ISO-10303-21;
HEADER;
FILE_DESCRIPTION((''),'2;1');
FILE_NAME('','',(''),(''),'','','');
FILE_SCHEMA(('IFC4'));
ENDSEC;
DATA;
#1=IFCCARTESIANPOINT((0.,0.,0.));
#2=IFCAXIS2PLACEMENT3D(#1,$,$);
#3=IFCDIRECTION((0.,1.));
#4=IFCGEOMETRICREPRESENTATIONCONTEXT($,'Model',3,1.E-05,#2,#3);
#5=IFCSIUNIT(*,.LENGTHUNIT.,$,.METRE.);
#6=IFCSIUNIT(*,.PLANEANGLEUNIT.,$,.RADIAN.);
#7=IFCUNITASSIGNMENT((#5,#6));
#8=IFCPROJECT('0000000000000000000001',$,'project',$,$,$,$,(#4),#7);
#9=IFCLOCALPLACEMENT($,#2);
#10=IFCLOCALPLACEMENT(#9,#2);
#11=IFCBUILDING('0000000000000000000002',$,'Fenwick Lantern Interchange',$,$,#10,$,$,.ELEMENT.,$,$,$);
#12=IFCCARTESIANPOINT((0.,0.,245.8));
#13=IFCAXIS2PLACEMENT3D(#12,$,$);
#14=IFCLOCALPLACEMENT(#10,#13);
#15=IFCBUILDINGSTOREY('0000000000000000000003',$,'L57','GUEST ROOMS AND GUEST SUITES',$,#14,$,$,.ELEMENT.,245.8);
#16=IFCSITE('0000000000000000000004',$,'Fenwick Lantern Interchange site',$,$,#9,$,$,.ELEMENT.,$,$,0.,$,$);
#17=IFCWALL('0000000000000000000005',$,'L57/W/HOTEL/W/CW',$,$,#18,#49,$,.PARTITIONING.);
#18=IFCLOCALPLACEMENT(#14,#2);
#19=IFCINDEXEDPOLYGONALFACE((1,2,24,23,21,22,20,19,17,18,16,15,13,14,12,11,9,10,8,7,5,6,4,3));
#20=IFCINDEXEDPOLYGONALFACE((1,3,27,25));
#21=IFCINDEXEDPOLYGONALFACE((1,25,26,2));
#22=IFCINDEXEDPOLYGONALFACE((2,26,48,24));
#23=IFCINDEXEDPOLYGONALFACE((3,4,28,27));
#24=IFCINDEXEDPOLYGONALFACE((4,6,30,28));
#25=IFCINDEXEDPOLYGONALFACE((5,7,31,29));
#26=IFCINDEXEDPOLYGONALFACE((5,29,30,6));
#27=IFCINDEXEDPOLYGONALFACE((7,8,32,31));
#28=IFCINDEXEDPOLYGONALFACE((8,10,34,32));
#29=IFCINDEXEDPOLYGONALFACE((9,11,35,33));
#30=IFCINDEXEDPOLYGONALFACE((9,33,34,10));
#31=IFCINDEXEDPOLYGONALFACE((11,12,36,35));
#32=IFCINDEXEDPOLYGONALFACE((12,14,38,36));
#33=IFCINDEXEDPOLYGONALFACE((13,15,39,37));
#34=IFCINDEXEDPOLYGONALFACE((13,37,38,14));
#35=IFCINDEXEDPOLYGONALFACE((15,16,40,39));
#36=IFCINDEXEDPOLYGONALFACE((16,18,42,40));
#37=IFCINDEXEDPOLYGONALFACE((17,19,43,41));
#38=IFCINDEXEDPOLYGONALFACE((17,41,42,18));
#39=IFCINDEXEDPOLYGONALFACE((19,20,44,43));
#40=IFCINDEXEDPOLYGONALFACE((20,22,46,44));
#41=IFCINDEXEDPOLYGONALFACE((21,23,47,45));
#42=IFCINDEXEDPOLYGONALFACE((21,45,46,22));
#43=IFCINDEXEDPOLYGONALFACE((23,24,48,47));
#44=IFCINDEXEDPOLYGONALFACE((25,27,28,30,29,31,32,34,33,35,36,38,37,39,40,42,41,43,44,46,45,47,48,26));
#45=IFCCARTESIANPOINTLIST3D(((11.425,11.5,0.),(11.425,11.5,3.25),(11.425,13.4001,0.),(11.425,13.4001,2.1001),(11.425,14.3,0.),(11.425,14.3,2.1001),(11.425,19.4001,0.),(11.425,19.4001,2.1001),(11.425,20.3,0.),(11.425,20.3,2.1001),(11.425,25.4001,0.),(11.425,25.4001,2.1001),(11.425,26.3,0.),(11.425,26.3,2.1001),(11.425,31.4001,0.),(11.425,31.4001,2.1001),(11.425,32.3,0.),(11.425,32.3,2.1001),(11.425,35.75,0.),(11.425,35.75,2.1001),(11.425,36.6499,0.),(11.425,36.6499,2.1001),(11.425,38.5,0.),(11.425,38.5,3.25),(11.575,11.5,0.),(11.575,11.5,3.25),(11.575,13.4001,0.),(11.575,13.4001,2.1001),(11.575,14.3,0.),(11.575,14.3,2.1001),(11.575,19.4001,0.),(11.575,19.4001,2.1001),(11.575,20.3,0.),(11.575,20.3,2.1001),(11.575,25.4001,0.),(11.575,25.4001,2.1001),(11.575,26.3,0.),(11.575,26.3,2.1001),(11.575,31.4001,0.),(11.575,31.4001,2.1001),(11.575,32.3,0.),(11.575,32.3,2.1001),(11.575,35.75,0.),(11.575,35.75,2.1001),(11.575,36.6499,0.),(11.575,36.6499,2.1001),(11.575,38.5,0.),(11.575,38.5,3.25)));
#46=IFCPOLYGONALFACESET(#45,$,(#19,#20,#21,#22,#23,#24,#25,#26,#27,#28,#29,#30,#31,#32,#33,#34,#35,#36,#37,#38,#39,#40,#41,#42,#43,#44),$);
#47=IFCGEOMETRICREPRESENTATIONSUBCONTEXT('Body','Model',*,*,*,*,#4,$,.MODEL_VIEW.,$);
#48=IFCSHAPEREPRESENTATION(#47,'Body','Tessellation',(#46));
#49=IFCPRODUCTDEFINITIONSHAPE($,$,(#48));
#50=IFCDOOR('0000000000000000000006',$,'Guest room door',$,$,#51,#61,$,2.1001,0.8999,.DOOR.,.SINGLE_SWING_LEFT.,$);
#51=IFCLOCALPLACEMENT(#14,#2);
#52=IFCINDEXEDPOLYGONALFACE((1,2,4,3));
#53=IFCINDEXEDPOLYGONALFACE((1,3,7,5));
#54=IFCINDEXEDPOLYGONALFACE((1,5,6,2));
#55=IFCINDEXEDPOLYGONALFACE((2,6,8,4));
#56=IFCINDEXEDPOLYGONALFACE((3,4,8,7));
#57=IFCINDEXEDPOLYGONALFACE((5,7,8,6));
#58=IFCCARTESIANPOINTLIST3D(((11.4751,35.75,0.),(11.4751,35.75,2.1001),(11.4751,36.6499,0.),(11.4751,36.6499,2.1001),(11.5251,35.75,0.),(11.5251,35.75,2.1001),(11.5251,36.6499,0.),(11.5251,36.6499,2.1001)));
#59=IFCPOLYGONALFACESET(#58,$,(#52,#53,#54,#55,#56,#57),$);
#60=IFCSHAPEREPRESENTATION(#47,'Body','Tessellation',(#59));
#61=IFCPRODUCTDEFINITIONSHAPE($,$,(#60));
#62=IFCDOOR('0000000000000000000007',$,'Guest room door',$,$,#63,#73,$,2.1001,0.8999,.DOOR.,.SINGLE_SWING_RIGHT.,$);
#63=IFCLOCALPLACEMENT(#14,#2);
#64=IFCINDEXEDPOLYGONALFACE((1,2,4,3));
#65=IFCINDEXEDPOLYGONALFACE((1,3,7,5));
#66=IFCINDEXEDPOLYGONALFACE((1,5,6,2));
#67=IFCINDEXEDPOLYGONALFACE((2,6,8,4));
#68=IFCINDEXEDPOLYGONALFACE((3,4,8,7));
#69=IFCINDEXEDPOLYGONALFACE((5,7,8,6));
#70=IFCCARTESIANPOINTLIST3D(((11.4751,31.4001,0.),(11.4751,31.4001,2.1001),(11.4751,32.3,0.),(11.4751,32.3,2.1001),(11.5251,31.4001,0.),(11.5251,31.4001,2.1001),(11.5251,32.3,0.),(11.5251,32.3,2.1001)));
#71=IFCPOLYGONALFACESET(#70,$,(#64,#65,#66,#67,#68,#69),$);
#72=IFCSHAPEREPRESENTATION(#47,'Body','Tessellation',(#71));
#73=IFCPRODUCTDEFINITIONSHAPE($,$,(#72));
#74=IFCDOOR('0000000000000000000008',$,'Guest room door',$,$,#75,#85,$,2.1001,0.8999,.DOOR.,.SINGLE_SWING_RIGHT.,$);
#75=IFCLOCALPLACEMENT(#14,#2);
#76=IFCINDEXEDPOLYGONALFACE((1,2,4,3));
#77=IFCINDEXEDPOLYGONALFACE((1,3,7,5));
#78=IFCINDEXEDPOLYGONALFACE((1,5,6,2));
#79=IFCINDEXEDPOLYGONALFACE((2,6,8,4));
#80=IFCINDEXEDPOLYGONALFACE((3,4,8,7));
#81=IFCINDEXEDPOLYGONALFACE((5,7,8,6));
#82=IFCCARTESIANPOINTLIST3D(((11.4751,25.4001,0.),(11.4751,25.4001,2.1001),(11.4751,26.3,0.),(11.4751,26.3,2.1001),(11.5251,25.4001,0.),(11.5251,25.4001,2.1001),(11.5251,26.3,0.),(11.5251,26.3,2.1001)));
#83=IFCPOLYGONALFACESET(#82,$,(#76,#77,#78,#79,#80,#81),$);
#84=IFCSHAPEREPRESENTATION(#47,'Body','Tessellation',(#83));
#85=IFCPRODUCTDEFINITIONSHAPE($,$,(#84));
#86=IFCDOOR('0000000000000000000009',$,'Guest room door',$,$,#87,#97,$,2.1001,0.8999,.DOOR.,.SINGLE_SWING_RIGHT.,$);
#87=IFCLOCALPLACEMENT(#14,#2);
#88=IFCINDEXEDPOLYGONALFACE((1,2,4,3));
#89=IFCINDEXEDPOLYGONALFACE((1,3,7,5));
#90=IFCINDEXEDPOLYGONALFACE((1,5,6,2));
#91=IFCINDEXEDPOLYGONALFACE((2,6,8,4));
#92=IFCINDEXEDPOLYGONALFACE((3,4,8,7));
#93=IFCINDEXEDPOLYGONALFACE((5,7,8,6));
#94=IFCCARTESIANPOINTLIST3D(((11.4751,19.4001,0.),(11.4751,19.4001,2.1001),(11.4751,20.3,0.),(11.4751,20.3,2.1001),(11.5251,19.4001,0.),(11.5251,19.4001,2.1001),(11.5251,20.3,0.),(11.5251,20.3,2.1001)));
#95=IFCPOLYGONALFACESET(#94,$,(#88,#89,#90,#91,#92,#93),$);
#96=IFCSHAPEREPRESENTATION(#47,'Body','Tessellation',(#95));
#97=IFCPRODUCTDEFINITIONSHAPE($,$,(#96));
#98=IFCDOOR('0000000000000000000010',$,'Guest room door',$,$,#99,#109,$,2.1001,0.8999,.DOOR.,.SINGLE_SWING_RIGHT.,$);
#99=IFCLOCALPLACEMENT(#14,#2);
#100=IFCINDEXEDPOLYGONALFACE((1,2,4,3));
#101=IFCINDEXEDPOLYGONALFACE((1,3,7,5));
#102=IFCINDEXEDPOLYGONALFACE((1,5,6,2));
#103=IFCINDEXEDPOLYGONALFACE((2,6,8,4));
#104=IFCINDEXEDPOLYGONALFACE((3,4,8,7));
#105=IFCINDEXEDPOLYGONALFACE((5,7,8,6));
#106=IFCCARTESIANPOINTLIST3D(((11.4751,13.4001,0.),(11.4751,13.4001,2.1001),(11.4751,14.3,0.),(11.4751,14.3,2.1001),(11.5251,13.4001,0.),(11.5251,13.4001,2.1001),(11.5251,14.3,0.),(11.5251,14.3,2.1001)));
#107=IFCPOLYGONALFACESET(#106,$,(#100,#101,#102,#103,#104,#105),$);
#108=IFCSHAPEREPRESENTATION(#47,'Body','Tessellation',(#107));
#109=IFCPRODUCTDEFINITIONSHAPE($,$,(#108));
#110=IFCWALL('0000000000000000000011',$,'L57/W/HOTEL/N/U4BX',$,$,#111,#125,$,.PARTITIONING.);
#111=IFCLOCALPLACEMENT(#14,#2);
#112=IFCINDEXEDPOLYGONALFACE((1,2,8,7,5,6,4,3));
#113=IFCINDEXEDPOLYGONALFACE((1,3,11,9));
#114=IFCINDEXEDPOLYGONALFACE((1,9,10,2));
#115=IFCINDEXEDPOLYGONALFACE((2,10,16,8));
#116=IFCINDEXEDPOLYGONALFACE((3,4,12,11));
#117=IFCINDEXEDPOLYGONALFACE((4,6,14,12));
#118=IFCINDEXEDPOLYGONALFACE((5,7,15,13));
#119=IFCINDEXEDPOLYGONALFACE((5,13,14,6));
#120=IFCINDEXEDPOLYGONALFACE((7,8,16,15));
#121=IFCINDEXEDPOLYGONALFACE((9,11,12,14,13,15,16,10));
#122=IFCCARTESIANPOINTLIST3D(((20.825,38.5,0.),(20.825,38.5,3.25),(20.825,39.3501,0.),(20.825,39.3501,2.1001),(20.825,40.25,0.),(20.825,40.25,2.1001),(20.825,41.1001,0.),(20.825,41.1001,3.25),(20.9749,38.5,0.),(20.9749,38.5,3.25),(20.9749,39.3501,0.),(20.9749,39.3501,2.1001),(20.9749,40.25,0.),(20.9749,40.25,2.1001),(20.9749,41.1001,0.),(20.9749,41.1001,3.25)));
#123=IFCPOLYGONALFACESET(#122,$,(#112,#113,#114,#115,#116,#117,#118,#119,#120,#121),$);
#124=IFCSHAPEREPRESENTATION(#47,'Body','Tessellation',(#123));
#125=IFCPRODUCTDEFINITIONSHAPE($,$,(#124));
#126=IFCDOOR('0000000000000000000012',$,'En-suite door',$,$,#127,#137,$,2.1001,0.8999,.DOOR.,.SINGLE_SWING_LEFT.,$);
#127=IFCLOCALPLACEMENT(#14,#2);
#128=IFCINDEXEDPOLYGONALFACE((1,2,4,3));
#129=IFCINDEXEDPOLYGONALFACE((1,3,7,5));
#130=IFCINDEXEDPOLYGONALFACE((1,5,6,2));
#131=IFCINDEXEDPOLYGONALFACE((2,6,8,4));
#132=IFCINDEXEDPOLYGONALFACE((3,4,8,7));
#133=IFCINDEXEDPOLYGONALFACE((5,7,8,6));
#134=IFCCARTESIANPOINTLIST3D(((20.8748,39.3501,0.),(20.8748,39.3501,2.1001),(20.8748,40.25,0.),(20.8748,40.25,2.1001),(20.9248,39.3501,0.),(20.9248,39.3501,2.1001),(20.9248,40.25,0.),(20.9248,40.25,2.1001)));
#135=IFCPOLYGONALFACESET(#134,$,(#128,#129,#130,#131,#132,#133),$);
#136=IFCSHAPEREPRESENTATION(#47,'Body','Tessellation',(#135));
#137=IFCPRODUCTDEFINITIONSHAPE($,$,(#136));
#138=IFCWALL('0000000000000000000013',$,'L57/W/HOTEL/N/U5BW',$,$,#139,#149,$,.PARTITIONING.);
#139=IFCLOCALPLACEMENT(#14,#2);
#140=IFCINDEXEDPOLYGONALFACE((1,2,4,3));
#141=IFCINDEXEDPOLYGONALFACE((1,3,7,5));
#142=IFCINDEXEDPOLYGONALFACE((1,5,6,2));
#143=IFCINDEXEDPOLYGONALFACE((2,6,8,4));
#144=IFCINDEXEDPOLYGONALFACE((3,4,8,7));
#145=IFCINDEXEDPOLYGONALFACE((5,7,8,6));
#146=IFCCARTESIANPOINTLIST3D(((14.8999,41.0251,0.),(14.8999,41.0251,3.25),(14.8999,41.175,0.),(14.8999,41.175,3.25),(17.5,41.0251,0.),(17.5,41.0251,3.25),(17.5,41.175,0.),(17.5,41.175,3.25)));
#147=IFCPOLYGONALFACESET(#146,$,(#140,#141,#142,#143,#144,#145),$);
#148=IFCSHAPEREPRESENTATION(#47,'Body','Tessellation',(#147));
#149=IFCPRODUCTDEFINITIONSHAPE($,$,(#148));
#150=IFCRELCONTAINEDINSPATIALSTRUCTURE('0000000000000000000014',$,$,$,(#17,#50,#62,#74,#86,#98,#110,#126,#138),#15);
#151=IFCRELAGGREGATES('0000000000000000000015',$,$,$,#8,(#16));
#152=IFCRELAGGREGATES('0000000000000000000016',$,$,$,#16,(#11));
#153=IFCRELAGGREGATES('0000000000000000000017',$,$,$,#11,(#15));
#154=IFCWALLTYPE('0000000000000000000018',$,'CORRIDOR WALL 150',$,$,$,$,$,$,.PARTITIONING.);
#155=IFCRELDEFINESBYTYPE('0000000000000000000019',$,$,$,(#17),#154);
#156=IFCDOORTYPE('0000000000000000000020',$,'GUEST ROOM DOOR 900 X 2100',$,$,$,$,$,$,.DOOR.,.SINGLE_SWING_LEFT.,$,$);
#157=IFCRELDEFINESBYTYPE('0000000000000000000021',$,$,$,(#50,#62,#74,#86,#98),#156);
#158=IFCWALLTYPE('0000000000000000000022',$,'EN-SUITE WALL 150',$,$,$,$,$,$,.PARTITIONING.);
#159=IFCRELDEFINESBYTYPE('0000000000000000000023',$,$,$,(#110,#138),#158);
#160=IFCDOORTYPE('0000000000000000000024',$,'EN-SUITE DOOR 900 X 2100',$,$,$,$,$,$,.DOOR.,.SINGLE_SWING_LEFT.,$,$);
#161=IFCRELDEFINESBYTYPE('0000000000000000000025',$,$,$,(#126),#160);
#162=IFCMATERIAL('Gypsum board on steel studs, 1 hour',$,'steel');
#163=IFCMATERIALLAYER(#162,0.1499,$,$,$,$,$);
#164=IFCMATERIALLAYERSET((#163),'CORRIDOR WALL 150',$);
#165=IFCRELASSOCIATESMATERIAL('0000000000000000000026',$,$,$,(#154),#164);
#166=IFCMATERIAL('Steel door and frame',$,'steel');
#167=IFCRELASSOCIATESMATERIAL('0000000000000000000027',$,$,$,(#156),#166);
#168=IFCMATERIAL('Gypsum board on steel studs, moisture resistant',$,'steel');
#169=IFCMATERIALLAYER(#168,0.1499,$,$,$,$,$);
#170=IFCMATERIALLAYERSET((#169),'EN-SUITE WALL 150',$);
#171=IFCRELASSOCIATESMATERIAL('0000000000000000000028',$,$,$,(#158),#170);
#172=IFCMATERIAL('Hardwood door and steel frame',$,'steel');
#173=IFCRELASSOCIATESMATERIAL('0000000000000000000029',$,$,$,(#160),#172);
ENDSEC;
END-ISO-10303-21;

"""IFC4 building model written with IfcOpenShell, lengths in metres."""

from ifc_helpers import new_model, si_unit, direction, frame, frame_2d, origin, place, context, subcontext, project, spatial, rectangle, extrude, material, layer, layer_set, type_object, element, fill, save


model = new_model("IFC4")

# Units and contexts
model_context = context("Model", 3, precision=1e-05, world=origin(), true_north=direction((0.0, 1.0)))
body_context = subcontext(model_context, "Body", "Model", "MODEL_VIEW")
ifc_project = project(units=[si_unit("LENGTHUNIT", "METRE"), si_unit("PLANEANGLEUNIT", "RADIAN")], contexts=[model_context])

# Site, building, storey
site_placement = place(None, origin())
site = spatial("IfcSite", under=ifc_project, at=site_placement, Name="Fenwick Lantern Interchange site", CompositionType="ELEMENT", RefElevation=0.0)
building_placement = place(site_placement, origin())
building = spatial("IfcBuilding", under=site, at=building_placement, Name="Fenwick Lantern Interchange", CompositionType="ELEMENT")
storey_placement = place(building_placement, frame((0.0, 0.0, 245.8)))
storey = spatial("IfcBuildingStorey", under=building, at=storey_placement, Name="L57", Description="GUEST ROOMS AND GUEST SUITES", CompositionType="ELEMENT", Elevation=245.8)

# Wall, openings, doors
ifc_material_1 = material(Name="Steel door and frame", Category="steel")
ifc_material_2 = material(Name="Hardwood door and steel frame", Category="steel")
ifc_material_3 = material(Name="Gypsum board on steel studs, 1 hour", Category="steel")
ifc_layer_1 = layer(ifc_material_3, 0.1499)
ifc_layer_set_1 = layer_set([ifc_layer_1], Name="CORRIDOR WALL 150")
wall_type_1 = type_object("IfcWallType", Name="CORRIDOR WALL 150", PredefinedType="PARTITIONING", material=ifc_layer_set_1)
wall_1_placement = place(storey_placement, frame((11.5, 38.5, 0.0), z_axis=(0.0, 0.0, 1.0), x_axis=(0.0, -1.0, 0.0)))
wall_1 = element("IfcWall", 1, at=wall_1_placement, inside=storey, type_object=wall_type_1, Name="L57/W/HOTEL/W/CW", PredefinedType="PARTITIONING", context=body_context, shape_type="SweptSolid", body=[
    extrude(rectangle(XDim=27.0, YDim=0.1499, at=frame_2d((13.5, 0.0))), origin(), (0.0, 0.0, 1.0), 3.25),
])
opening_1_placement = place(wall_1_placement, frame((1.8501, 0.0, 0.0)))
opening_1 = element("IfcOpeningElement", 2, at=opening_1_placement, cuts=wall_1, PredefinedType="OPENING", context=body_context, shape_type="SweptSolid", body=[
    extrude(rectangle(XDim=0.8999, YDim=2.1001, at=frame_2d((0.45, 1.05))), frame((0.0, 0.085, 0.0), z_axis=(0.0, -1.0, 0.0), x_axis=(1.0, 0.0, 0.0)), (0.0, 0.0, 1.0), 0.1699),
])
opening_2_placement = place(wall_1_placement, frame((6.2, 0.0, 0.0)))
opening_2 = element("IfcOpeningElement", 3, at=opening_2_placement, cuts=wall_1, PredefinedType="OPENING", context=body_context, shape_type="SweptSolid", body=[
    extrude(rectangle(XDim=0.8999, YDim=2.1001, at=frame_2d((0.45, 1.05))), frame((0.0, 0.085, 0.0), z_axis=(0.0, -1.0, 0.0), x_axis=(1.0, 0.0, 0.0)), (0.0, 0.0, 1.0), 0.1699),
])
opening_3_placement = place(wall_1_placement, frame((12.2, 0.0, 0.0)))
opening_3 = element("IfcOpeningElement", 4, at=opening_3_placement, cuts=wall_1, PredefinedType="OPENING", context=body_context, shape_type="SweptSolid", body=[
    extrude(rectangle(XDim=0.8999, YDim=2.1001, at=frame_2d((0.45, 1.05))), frame((0.0, 0.085, 0.0), z_axis=(0.0, -1.0, 0.0), x_axis=(1.0, 0.0, 0.0)), (0.0, 0.0, 1.0), 0.1699),
])
opening_4_placement = place(wall_1_placement, frame((18.2, 0.0, 0.0)))
opening_4 = element("IfcOpeningElement", 5, at=opening_4_placement, cuts=wall_1, PredefinedType="OPENING", context=body_context, shape_type="SweptSolid", body=[
    extrude(rectangle(XDim=0.8999, YDim=2.1001, at=frame_2d((0.45, 1.05))), frame((0.0, 0.085, 0.0), z_axis=(0.0, -1.0, 0.0), x_axis=(1.0, 0.0, 0.0)), (0.0, 0.0, 1.0), 0.1699),
])
opening_5_placement = place(wall_1_placement, frame((24.2, 0.0, 0.0)))
opening_5 = element("IfcOpeningElement", 6, at=opening_5_placement, cuts=wall_1, PredefinedType="OPENING", context=body_context, shape_type="SweptSolid", body=[
    extrude(rectangle(XDim=0.8999, YDim=2.1001, at=frame_2d((0.45, 1.05))), frame((0.0, 0.085, 0.0), z_axis=(0.0, -1.0, 0.0), x_axis=(1.0, 0.0, 0.0)), (0.0, 0.0, 1.0), 0.1699),
])
door_type_1 = type_object("IfcDoorType", Name="GUEST ROOM DOOR 900 X 2100", OperationType="SINGLE_SWING_LEFT", PredefinedType="DOOR", material=ifc_material_1)
door_1_placement = place(opening_1_placement, frame((0.8999, 0.0, 0.0), z_axis=(0.0, 0.0, 1.0), x_axis=(-1.0, 0.0, 0.0)))
door_1 = element("IfcDoor", 7, at=door_1_placement, inside=storey, type_object=door_type_1, Name="Guest room door", OperationType="SINGLE_SWING_LEFT", OverallHeight=2.1001, OverallWidth=0.8999, PredefinedType="DOOR", context=body_context, shape_type="SweptSolid", body=[
    extrude(rectangle(XDim=0.8999, YDim=2.1001, at=frame_2d((0.45, 1.05))), frame((0.0, 0.0249, 0.0), z_axis=(0.0, -1.0, 0.0), x_axis=(1.0, 0.0, 0.0)), (0.0, 0.0, 1.0), 0.05),
])
fill(opening_1, door_1)
door_2_placement = place(opening_2_placement, frame((0.8999, 0.0, 0.0), z_axis=(0.0, 0.0, 1.0), x_axis=(-1.0, 0.0, 0.0)))
door_2 = element("IfcDoor", 8, at=door_2_placement, inside=storey, type_object=door_type_1, Name="Guest room door", OperationType="SINGLE_SWING_RIGHT", OverallHeight=2.1001, OverallWidth=0.8999, PredefinedType="DOOR", context=body_context, shape_type="SweptSolid", body=[
    extrude(rectangle(XDim=0.8999, YDim=2.1001, at=frame_2d((0.45, 1.05))), frame((0.0, 0.0249, 0.0), z_axis=(0.0, -1.0, 0.0), x_axis=(1.0, 0.0, 0.0)), (0.0, 0.0, 1.0), 0.05),
])
fill(opening_2, door_2)
door_3_placement = place(opening_3_placement, frame((0.8999, 0.0, 0.0), z_axis=(0.0, 0.0, 1.0), x_axis=(-1.0, 0.0, 0.0)))
door_3 = element("IfcDoor", 9, at=door_3_placement, inside=storey, type_object=door_type_1, Name="Guest room door", OperationType="SINGLE_SWING_RIGHT", OverallHeight=2.1001, OverallWidth=0.8999, PredefinedType="DOOR", context=body_context, shape_type="SweptSolid", body=[
    extrude(rectangle(XDim=0.8999, YDim=2.1001, at=frame_2d((0.45, 1.05))), frame((0.0, 0.0249, 0.0), z_axis=(0.0, -1.0, 0.0), x_axis=(1.0, 0.0, 0.0)), (0.0, 0.0, 1.0), 0.05),
])
fill(opening_3, door_3)
door_4_placement = place(opening_4_placement, frame((0.8999, 0.0, 0.0), z_axis=(0.0, 0.0, 1.0), x_axis=(-1.0, 0.0, 0.0)))
door_4 = element("IfcDoor", 10, at=door_4_placement, inside=storey, type_object=door_type_1, Name="Guest room door", OperationType="SINGLE_SWING_RIGHT", OverallHeight=2.1001, OverallWidth=0.8999, PredefinedType="DOOR", context=body_context, shape_type="SweptSolid", body=[
    extrude(rectangle(XDim=0.8999, YDim=2.1001, at=frame_2d((0.45, 1.05))), frame((0.0, 0.0249, 0.0), z_axis=(0.0, -1.0, 0.0), x_axis=(1.0, 0.0, 0.0)), (0.0, 0.0, 1.0), 0.05),
])
fill(opening_4, door_4)
door_5_placement = place(opening_5_placement, frame((0.8999, 0.0, 0.0), z_axis=(0.0, 0.0, 1.0), x_axis=(-1.0, 0.0, 0.0)))
door_5 = element("IfcDoor", 11, at=door_5_placement, inside=storey, type_object=door_type_1, Name="Guest room door", OperationType="SINGLE_SWING_RIGHT", OverallHeight=2.1001, OverallWidth=0.8999, PredefinedType="DOOR", context=body_context, shape_type="SweptSolid", body=[
    extrude(rectangle(XDim=0.8999, YDim=2.1001, at=frame_2d((0.45, 1.05))), frame((0.0, 0.0249, 0.0), z_axis=(0.0, -1.0, 0.0), x_axis=(1.0, 0.0, 0.0)), (0.0, 0.0, 1.0), 0.05),
])
fill(opening_5, door_5)

# Wall, opening, door
ifc_material_4 = material(Name="Gypsum board on steel studs, moisture resistant", Category="steel")
ifc_layer_2 = layer(ifc_material_4, 0.1499)
ifc_layer_set_2 = layer_set([ifc_layer_2], Name="EN-SUITE WALL 150")
wall_type_2 = type_object("IfcWallType", Name="EN-SUITE WALL 150", PredefinedType="PARTITIONING", material=ifc_layer_set_2)
wall_2_placement = place(storey_placement, frame((20.8999, 41.1001, 0.0), z_axis=(0.0, 0.0, 1.0), x_axis=(0.0, -1.0, 0.0)))
wall_2 = element("IfcWall", 12, at=wall_2_placement, inside=storey, type_object=wall_type_2, Name="L57/W/HOTEL/N/U4BX", PredefinedType="PARTITIONING", context=body_context, shape_type="SweptSolid", body=[
    extrude(rectangle(XDim=2.6001, YDim=0.1499, at=frame_2d((1.3, 0.0))), origin(), (0.0, 0.0, 1.0), 3.25),
])
opening_6_placement = place(wall_2_placement, frame((0.8501, 0.0, 0.0)))
opening_6 = element("IfcOpeningElement", 13, at=opening_6_placement, cuts=wall_2, PredefinedType="OPENING", context=body_context, shape_type="SweptSolid", body=[
    extrude(rectangle(XDim=0.8999, YDim=2.1001, at=frame_2d((0.45, 1.05))), frame((0.0, 0.085, 0.0), z_axis=(0.0, -1.0, 0.0), x_axis=(1.0, 0.0, 0.0)), (0.0, 0.0, 1.0), 0.1699),
])
door_type_2 = type_object("IfcDoorType", Name="EN-SUITE DOOR 900 X 2100", OperationType="SINGLE_SWING_LEFT", PredefinedType="DOOR", material=ifc_material_2)
door_6_placement = place(opening_6_placement, origin())
door_6 = element("IfcDoor", 14, at=door_6_placement, inside=storey, type_object=door_type_2, Name="En-suite door", OperationType="SINGLE_SWING_LEFT", OverallHeight=2.1001, OverallWidth=0.8999, PredefinedType="DOOR", context=body_context, shape_type="SweptSolid", body=[
    extrude(rectangle(XDim=0.8999, YDim=2.1001, at=frame_2d((0.45, 1.05))), frame((0.0, 0.0249, 0.0), z_axis=(0.0, -1.0, 0.0), x_axis=(1.0, 0.0, 0.0)), (0.0, 0.0, 1.0), 0.05),
])
fill(opening_6, door_6)

# Wall
wall_3_placement = place(storey_placement, frame((17.5, 41.1001, 0.0), z_axis=(0.0, 0.0, 1.0), x_axis=(-1.0, 0.0, 0.0)))
element("IfcWall", 15, at=wall_3_placement, inside=storey, type_object=wall_type_2, Name="L57/W/HOTEL/N/U5BW", PredefinedType="PARTITIONING", context=body_context, shape_type="SweptSolid", body=[
    extrude(rectangle(XDim=2.6001, YDim=0.1499, at=frame_2d((1.3, 0.0))), origin(), (0.0, 0.0, 1.0), 3.25),
])

save(model, "model.ifc")
